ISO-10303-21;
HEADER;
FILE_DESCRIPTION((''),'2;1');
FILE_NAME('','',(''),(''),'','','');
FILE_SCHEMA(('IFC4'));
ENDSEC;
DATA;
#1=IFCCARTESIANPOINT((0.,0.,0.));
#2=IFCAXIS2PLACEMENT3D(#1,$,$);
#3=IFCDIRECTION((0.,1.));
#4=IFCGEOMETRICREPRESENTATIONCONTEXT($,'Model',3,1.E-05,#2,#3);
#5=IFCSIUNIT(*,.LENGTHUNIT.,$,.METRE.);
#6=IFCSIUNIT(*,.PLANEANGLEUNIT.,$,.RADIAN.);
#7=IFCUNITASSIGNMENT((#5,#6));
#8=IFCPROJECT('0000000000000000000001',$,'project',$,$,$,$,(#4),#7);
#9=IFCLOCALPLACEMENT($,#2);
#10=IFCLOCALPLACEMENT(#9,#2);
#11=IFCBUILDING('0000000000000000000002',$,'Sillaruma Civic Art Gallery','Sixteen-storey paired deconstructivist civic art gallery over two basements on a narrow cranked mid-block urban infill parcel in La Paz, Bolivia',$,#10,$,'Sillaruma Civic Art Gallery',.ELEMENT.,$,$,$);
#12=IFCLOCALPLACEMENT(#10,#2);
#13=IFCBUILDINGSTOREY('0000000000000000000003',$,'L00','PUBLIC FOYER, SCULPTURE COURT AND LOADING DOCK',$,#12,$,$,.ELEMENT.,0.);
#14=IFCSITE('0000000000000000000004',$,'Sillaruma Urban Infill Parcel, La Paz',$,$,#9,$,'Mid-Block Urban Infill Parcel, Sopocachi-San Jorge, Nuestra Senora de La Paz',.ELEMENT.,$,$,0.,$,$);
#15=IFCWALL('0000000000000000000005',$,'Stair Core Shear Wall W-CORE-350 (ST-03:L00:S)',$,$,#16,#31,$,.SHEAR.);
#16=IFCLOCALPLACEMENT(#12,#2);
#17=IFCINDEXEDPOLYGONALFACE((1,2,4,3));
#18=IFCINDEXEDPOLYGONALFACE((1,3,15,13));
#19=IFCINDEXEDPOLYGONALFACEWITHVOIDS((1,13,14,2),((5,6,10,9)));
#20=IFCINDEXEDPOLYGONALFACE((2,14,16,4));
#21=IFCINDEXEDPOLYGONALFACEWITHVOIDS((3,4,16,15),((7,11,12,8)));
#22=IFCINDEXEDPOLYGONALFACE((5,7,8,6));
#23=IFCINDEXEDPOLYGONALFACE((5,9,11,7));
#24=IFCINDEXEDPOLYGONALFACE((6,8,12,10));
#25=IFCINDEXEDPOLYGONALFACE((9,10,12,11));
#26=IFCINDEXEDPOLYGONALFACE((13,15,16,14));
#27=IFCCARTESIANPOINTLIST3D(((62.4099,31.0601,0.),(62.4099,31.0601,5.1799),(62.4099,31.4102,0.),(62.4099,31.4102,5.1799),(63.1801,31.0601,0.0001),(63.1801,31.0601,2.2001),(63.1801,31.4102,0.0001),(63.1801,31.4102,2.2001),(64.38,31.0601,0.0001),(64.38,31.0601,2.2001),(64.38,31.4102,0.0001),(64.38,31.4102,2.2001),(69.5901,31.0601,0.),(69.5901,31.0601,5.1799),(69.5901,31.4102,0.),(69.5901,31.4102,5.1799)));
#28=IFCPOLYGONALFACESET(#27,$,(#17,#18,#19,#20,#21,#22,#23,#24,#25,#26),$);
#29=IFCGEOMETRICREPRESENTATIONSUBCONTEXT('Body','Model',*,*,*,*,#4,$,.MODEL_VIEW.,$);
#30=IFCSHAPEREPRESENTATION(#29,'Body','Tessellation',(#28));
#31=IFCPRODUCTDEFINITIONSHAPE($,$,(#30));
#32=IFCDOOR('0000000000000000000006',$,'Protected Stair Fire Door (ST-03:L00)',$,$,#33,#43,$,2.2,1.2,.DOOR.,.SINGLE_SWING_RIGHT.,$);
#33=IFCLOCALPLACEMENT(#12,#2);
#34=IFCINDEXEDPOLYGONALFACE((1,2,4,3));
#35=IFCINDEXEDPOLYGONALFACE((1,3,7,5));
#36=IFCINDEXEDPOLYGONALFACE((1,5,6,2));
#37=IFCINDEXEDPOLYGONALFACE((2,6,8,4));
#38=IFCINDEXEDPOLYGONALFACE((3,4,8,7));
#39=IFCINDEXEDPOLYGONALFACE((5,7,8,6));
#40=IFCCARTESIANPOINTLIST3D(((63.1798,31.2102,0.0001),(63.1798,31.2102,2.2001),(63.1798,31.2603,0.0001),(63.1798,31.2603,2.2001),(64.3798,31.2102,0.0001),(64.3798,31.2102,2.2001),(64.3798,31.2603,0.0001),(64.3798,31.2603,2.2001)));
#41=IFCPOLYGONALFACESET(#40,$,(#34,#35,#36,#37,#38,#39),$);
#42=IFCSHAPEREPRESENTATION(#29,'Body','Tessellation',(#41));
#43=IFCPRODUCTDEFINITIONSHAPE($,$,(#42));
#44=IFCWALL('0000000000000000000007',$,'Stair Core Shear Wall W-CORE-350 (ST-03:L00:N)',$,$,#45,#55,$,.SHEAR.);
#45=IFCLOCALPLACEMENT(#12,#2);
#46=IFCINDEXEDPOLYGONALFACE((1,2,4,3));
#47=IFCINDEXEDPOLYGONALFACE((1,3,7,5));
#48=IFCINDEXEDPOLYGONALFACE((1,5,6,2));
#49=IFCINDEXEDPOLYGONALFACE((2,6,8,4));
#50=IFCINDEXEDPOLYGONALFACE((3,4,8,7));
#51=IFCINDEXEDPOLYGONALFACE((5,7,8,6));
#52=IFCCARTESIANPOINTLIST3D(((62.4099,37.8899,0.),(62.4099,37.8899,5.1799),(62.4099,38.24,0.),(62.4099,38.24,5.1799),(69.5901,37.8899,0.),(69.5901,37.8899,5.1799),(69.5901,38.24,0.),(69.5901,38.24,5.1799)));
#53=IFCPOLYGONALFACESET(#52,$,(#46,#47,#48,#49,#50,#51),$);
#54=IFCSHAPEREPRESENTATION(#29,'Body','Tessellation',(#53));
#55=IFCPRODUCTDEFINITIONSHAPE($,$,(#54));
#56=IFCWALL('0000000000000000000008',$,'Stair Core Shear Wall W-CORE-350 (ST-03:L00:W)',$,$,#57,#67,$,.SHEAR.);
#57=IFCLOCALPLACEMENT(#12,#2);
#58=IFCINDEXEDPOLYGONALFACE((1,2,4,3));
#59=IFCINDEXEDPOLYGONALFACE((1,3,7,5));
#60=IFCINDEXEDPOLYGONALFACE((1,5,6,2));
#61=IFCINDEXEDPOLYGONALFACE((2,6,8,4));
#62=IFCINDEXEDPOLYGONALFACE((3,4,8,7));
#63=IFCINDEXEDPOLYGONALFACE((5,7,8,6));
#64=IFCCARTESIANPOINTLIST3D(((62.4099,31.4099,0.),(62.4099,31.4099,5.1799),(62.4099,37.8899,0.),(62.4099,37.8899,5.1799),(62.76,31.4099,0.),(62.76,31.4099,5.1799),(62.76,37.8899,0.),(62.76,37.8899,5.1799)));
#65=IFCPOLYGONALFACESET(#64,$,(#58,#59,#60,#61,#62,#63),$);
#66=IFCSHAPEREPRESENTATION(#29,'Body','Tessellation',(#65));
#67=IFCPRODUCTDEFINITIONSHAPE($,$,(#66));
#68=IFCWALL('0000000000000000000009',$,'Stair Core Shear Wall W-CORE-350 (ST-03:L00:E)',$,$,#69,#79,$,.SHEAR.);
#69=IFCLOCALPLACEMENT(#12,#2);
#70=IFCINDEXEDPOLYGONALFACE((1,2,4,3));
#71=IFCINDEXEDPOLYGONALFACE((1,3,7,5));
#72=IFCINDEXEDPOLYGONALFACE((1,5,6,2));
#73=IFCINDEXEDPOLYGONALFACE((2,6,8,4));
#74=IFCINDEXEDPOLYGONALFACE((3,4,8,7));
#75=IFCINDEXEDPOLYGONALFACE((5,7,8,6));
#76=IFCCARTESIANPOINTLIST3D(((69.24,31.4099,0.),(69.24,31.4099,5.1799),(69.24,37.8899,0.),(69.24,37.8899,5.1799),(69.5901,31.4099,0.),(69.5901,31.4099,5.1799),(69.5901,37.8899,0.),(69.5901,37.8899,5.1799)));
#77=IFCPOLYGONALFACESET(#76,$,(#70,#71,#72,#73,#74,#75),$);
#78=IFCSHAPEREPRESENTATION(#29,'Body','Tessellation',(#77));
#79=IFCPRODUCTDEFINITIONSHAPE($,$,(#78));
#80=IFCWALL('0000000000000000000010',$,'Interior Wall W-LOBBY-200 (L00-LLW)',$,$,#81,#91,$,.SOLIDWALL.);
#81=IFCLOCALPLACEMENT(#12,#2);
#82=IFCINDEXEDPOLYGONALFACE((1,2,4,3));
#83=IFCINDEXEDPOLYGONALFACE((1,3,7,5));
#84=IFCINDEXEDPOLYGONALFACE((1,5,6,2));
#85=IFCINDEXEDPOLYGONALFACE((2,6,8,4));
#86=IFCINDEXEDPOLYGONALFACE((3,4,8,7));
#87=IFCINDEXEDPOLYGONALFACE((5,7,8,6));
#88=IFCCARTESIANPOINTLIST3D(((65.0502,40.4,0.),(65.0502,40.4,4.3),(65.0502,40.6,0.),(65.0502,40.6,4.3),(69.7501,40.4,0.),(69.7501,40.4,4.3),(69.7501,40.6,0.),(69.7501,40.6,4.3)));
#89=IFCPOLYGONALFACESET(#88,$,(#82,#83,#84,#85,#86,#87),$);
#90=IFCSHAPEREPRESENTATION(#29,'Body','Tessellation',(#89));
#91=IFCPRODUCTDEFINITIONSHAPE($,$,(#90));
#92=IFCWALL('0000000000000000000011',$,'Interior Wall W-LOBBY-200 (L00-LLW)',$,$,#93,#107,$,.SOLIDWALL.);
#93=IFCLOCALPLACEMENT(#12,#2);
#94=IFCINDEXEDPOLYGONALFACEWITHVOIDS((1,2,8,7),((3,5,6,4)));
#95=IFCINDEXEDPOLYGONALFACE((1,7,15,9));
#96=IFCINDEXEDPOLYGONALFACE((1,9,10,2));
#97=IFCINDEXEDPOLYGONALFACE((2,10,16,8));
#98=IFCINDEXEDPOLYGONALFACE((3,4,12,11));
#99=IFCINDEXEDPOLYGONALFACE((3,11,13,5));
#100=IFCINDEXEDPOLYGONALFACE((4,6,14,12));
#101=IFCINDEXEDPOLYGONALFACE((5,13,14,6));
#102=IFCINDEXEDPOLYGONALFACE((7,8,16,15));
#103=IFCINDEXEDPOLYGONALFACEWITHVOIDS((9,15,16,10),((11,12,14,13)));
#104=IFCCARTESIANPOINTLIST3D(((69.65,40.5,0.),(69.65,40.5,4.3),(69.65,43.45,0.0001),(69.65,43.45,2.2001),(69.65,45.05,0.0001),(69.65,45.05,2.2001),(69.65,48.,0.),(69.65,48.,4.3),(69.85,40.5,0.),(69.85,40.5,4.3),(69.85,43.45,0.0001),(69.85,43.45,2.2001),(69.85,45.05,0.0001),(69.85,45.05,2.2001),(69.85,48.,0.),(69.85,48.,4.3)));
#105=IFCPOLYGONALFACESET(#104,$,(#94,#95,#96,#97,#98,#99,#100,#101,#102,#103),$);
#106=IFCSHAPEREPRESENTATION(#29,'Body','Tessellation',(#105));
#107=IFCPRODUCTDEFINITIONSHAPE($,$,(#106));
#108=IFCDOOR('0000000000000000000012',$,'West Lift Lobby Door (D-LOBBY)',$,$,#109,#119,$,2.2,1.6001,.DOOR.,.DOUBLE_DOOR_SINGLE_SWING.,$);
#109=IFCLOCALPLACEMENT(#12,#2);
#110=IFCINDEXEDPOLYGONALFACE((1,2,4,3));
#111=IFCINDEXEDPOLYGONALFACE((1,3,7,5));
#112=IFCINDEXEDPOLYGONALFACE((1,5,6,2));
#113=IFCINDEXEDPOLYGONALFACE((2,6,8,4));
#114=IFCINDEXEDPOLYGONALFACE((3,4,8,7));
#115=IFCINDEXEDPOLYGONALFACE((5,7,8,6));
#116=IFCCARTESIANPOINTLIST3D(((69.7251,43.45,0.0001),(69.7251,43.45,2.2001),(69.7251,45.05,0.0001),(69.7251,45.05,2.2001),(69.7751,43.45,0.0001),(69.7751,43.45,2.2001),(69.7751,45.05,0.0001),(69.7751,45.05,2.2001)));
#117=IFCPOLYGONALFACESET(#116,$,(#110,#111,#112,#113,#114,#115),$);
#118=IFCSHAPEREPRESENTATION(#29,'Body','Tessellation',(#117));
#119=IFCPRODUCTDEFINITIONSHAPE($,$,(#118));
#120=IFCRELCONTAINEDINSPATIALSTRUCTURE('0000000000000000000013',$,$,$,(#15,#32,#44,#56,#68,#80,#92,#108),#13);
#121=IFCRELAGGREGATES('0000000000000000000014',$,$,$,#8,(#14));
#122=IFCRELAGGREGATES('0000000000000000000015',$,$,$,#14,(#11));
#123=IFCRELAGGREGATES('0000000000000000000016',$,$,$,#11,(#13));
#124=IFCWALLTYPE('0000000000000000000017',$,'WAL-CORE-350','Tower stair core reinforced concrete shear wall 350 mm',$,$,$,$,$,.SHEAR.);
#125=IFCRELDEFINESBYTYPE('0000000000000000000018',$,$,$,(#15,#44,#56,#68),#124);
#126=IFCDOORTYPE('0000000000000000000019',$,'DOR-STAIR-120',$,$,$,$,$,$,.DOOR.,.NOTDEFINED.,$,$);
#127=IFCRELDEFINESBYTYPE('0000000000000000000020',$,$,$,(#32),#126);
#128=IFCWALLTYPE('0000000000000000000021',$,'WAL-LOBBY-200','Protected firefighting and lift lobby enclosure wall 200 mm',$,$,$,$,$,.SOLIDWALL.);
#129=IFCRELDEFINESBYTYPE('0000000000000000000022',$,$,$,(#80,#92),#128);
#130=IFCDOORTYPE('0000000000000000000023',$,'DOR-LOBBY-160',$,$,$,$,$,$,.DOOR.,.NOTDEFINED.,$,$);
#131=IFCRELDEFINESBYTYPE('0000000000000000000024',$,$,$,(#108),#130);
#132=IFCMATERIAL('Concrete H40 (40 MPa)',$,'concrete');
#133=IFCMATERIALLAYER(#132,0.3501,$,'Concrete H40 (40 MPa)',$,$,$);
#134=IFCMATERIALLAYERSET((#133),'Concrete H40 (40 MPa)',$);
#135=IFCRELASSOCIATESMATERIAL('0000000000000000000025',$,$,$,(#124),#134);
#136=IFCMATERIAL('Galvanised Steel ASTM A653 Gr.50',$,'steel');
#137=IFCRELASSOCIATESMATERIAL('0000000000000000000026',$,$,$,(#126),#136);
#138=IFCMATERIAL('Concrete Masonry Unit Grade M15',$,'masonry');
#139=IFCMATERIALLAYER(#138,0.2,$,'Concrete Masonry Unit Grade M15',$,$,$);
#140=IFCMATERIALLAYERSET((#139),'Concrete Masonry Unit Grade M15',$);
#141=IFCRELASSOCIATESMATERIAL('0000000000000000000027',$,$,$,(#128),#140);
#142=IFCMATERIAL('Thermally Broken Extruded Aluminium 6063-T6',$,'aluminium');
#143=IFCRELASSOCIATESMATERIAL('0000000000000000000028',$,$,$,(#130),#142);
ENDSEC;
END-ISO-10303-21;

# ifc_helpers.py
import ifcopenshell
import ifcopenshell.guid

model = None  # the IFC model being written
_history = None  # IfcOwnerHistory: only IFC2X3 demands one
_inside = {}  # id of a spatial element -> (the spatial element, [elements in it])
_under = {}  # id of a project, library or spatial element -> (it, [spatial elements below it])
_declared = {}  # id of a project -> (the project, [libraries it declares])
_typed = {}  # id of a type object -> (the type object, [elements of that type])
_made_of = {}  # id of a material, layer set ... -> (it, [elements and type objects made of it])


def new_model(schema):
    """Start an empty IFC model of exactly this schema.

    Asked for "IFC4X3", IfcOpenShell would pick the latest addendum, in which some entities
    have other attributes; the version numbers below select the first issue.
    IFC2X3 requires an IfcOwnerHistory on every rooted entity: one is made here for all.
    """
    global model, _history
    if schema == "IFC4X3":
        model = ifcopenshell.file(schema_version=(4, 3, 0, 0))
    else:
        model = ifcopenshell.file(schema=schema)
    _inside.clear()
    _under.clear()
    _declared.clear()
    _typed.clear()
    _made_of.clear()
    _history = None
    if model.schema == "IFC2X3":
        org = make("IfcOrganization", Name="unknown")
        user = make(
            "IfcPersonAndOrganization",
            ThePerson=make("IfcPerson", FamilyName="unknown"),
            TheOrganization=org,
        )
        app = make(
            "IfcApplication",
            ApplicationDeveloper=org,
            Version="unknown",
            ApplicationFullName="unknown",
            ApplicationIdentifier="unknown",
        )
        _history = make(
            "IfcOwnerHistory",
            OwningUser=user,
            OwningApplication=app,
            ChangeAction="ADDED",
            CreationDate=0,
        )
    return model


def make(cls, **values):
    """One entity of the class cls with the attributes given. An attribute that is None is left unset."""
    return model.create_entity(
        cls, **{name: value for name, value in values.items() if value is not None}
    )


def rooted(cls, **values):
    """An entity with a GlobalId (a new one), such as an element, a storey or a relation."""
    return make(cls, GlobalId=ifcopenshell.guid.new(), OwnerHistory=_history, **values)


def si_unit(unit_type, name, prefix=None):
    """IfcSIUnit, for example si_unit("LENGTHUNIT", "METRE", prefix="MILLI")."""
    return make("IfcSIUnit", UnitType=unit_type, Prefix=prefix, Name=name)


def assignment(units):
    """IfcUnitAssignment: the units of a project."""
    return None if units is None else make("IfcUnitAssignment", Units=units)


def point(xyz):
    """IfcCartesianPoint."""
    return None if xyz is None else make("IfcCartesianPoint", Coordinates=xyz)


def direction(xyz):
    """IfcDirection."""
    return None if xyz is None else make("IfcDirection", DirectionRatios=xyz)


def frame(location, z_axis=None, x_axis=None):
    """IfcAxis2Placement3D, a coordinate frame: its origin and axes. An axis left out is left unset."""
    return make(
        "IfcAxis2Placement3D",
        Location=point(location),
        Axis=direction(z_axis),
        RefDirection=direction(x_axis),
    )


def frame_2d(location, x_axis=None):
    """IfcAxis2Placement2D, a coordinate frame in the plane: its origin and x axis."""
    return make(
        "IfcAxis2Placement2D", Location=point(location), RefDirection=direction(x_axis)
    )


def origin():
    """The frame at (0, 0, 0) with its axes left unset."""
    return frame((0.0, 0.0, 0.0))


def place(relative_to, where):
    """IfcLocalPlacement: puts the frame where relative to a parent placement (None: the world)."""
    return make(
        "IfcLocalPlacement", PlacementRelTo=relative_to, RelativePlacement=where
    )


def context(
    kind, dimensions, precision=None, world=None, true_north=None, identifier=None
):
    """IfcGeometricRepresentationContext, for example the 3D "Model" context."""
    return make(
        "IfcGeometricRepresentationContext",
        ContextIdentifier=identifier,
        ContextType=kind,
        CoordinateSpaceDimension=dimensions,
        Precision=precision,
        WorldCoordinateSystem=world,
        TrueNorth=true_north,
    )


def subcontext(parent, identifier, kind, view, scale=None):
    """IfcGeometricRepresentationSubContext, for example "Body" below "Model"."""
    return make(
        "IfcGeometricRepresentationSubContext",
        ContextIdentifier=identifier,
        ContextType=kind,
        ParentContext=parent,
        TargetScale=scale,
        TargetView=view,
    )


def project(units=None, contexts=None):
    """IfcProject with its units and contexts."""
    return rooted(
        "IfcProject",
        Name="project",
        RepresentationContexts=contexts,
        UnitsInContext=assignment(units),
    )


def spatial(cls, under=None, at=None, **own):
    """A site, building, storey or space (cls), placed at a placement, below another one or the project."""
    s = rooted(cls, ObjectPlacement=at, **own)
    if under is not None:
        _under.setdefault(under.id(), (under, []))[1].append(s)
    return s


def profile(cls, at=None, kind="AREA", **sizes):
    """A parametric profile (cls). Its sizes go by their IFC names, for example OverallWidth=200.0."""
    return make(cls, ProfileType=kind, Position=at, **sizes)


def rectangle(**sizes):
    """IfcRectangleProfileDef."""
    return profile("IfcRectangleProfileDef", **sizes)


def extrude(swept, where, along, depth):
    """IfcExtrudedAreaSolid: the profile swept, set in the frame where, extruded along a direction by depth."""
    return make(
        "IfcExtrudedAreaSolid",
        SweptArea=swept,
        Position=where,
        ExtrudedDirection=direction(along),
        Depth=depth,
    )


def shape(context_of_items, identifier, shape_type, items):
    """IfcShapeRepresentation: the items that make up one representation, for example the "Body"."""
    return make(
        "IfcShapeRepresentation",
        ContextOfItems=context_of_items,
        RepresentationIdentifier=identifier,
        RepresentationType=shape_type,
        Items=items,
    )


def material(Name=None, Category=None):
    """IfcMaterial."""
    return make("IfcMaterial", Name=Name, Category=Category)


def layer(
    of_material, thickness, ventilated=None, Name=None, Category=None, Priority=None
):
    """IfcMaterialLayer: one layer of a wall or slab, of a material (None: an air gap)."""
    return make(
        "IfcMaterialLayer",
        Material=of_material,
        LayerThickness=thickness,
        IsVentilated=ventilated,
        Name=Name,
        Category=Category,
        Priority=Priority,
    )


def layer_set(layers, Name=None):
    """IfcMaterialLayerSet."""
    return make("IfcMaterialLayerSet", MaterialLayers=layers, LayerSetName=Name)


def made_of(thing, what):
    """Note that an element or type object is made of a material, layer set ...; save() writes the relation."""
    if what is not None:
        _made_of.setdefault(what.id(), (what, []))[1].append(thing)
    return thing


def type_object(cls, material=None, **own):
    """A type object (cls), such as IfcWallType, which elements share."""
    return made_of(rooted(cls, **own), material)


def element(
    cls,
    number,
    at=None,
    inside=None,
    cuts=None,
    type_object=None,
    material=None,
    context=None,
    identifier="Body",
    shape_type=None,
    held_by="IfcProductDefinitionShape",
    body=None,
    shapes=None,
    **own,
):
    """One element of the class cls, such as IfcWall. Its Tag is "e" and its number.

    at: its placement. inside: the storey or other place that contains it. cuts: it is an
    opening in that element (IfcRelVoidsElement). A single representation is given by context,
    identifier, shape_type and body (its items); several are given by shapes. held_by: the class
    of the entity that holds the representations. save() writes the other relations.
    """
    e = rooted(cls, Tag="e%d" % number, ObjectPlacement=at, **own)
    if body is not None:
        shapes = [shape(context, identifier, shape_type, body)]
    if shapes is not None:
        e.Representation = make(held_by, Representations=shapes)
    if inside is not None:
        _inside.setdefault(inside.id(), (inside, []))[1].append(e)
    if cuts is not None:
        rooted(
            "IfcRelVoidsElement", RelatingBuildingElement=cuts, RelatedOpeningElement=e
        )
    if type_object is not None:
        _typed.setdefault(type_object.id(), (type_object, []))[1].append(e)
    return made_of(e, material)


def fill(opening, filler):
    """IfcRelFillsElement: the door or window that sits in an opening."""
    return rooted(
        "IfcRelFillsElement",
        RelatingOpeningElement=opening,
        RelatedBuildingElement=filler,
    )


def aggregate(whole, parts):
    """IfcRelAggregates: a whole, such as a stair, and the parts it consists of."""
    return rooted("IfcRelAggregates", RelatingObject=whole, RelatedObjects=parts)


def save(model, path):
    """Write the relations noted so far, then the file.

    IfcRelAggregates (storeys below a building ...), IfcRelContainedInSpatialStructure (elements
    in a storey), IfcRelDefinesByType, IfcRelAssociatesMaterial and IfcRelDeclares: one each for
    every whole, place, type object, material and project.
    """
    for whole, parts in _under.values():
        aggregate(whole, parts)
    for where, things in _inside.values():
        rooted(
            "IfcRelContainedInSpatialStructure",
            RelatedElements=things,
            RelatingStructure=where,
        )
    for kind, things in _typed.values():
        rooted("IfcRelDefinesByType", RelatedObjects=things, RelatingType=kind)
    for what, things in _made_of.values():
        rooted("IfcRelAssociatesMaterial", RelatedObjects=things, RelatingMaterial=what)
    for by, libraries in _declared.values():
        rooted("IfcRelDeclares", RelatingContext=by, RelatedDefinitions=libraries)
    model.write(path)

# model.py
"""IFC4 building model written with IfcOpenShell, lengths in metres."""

from ifc_helpers import new_model, si_unit, direction, frame, frame_2d, origin, place, context, subcontext, project, spatial, rectangle, extrude, material, layer, layer_set, type_object, element, fill, save


model = new_model("IFC4")

# Units and contexts
model_context = context("Model", 3, precision=1e-05, world=origin(), true_north=direction((0.0, 1.0)))
body_context = subcontext(model_context, "Body", "Model", "MODEL_VIEW")
ifc_project = project(units=[si_unit("LENGTHUNIT", "METRE"), si_unit("PLANEANGLEUNIT", "RADIAN")], contexts=[model_context])

# Site, building, storey
site_placement = place(None, origin())
site = spatial("IfcSite", under=ifc_project, at=site_placement, Name="Sillaruma Urban Infill Parcel, La Paz", LongName="Mid-Block Urban Infill Parcel, Sopocachi-San Jorge, Nuestra Senora de La Paz", CompositionType="ELEMENT", RefElevation=0.0)
building_placement = place(site_placement, origin())
building = spatial("IfcBuilding", under=site, at=building_placement, Name="Sillaruma Civic Art Gallery", Description="Sixteen-storey paired deconstructivist civic art gallery over two basements on a narrow cranked mid-block urban infill parcel in La Paz, Bolivia", LongName="Sillaruma Civic Art Gallery", CompositionType="ELEMENT")
storey_placement = place(building_placement, origin())
storey = spatial("IfcBuildingStorey", under=building, at=storey_placement, Name="L00", Description="PUBLIC FOYER, SCULPTURE COURT AND LOADING DOCK", CompositionType="ELEMENT", Elevation=0.0)

# Shared definitions
ifc_material_1 = material(Name="Concrete H40 (40 MPa)", Category="concrete")

# Wall, opening, door
ifc_layer_1 = layer(ifc_material_1, 0.3501, Name="Concrete H40 (40 MPa)")
ifc_layer_set_1 = layer_set([ifc_layer_1], Name="Concrete H40 (40 MPa)")
wall_type_1 = type_object("IfcWallType", Name="WAL-CORE-350", Description="Tower stair core reinforced concrete shear wall 350 mm", PredefinedType="SHEAR", material=ifc_layer_set_1)
wall_1_placement = place(storey_placement, frame((62.4099, 31.2351, 0.0), z_axis=(0.0, 0.0, 1.0), x_axis=(1.0, 0.0, 0.0)))
wall_1 = element("IfcWall", 1, at=wall_1_placement, inside=storey, type_object=wall_type_1, Name="Stair Core Shear Wall W-CORE-350 (ST-03:L00:S)", PredefinedType="SHEAR", context=body_context, shape_type="SweptSolid", body=[
    extrude(rectangle(XDim=7.1802, YDim=0.3501, at=frame_2d((3.5901, 0.0))), origin(), (0.0, 0.0, 1.0), 5.1799),
])
opening_1_placement = place(wall_1_placement, frame((0.77, 0.0, 0.0)))
opening_1 = element("IfcOpeningElement", 2, at=opening_1_placement, cuts=wall_1, PredefinedType="OPENING", context=body_context, shape_type="SweptSolid", body=[
    extrude(rectangle(XDim=1.2, YDim=2.2, at=frame_2d((0.6001, 1.1001))), frame((0.0, 0.1851, 0.0), z_axis=(0.0, -1.0, 0.0), x_axis=(1.0, 0.0, 0.0)), (0.0, 0.0, 1.0), 0.3701),
])
ifc_material_2 = material(Name="Galvanised Steel ASTM A653 Gr.50", Category="steel")
door_type_1 = type_object("IfcDoorType", Name="DOR-STAIR-120", OperationType="NOTDEFINED", PredefinedType="DOOR", material=ifc_material_2)
door_1_placement = place(opening_1_placement, frame((1.2, 0.0, 0.0), z_axis=(0.0, 0.0, 1.0), x_axis=(-1.0, 0.0, 0.0)))
door_1 = element("IfcDoor", 3, at=door_1_placement, inside=storey, type_object=door_type_1, Name="Protected Stair Fire Door (ST-03:L00)", OperationType="SINGLE_SWING_RIGHT", OverallHeight=2.2, OverallWidth=1.2, PredefinedType="DOOR", context=body_context, shape_type="SweptSolid", body=[
    extrude(rectangle(XDim=1.2, YDim=2.2, at=frame_2d((0.6001, 1.1001))), frame((0.0, 0.0249, 0.0), z_axis=(0.0, -1.0, 0.0), x_axis=(1.0, 0.0, 0.0)), (0.0, 0.0, 1.0), 0.05),
])
fill(opening_1, door_1)

# Walls
wall_2_placement = place(storey_placement, frame((62.4099, 38.0649, 0.0), z_axis=(0.0, 0.0, 1.0), x_axis=(1.0, 0.0, 0.0)))
element("IfcWall", 4, at=wall_2_placement, inside=storey, type_object=wall_type_1, Name="Stair Core Shear Wall W-CORE-350 (ST-03:L00:N)", PredefinedType="SHEAR", context=body_context, shape_type="SweptSolid", body=[
    extrude(rectangle(XDim=7.1802, YDim=0.3501, at=frame_2d((3.5901, 0.0))), origin(), (0.0, 0.0, 1.0), 5.1799),
])
for number, where, z_axis, x_axis, name in (
    (5, (62.585, 31.4099, 0.0), (0.0, 0.0, 1.0), (0.0, 1.0, 0.0), "Stair Core Shear Wall W-CORE-350 (ST-03:L00:W)"),
    (6, (69.415, 31.4099, 0.0), (0.0, 0.0, 1.0), (0.0, 1.0, 0.0), "Stair Core Shear Wall W-CORE-350 (ST-03:L00:E)"),
):
    element("IfcWall", number, at=place(storey_placement, frame(where, z_axis=z_axis, x_axis=x_axis)), inside=storey, type_object=wall_type_1, Name=name, PredefinedType="SHEAR", context=body_context, shape_type="SweptSolid", body=[
        extrude(rectangle(XDim=6.48, YDim=0.3501, at=frame_2d((3.24, 0.0))), origin(), (0.0, 0.0, 1.0), 5.1799),
    ])
ifc_material_3 = material(Name="Concrete Masonry Unit Grade M15", Category="masonry")
ifc_layer_2 = layer(ifc_material_3, 0.2, Name="Concrete Masonry Unit Grade M15")
ifc_layer_set_2 = layer_set([ifc_layer_2], Name="Concrete Masonry Unit Grade M15")
wall_type_2 = type_object("IfcWallType", Name="WAL-LOBBY-200", Description="Protected firefighting and lift lobby enclosure wall 200 mm", PredefinedType="SOLIDWALL", material=ifc_layer_set_2)
wall_3_placement = place(storey_placement, frame((65.05, 40.5, 0.0), z_axis=(0.0, 0.0, 1.0), x_axis=(1.0, 0.0, 0.0)))
element("IfcWall", 7, at=wall_3_placement, inside=storey, type_object=wall_type_2, Name="Interior Wall W-LOBBY-200 (L00-LLW)", PredefinedType="SOLIDWALL", context=body_context, shape_type="SweptSolid", body=[
    extrude(rectangle(XDim=4.7, YDim=0.2, at=frame_2d((2.3501, 0.0))), origin(), (0.0, 0.0, 1.0), 4.3),
])

# Wall, opening, door
wall_4_placement = place(storey_placement, frame((69.75, 40.5, 0.0), z_axis=(0.0, 0.0, 1.0), x_axis=(0.0, 1.0, 0.0)))
wall_4 = element("IfcWall", 8, at=wall_4_placement, inside=storey, type_object=wall_type_2, Name="Interior Wall W-LOBBY-200 (L00-LLW)", PredefinedType="SOLIDWALL", context=body_context, shape_type="SweptSolid", body=[
    extrude(rectangle(XDim=7.5, YDim=0.2, at=frame_2d((3.75, 0.0))), origin(), (0.0, 0.0, 1.0), 4.3),
])
opening_2_placement = place(wall_4_placement, frame((2.95, 0.0, 0.0)))
opening_2 = element("IfcOpeningElement", 9, at=opening_2_placement, cuts=wall_4, PredefinedType="OPENING", context=body_context, shape_type="SweptSolid", body=[
    extrude(rectangle(XDim=1.6001, YDim=2.2, at=frame_2d((0.8, 1.1001))), frame((0.0, 0.1099, 0.0), z_axis=(0.0, -1.0, 0.0), x_axis=(1.0, 0.0, 0.0)), (0.0, 0.0, 1.0), 0.22),
])
ifc_material_4 = material(Name="Thermally Broken Extruded Aluminium 6063-T6", Category="aluminium")
door_type_2 = type_object("IfcDoorType", Name="DOR-LOBBY-160", OperationType="NOTDEFINED", PredefinedType="DOOR", material=ifc_material_4)
door_2_placement = place(opening_2_placement, origin())
door_2 = element("IfcDoor", 10, at=door_2_placement, inside=storey, type_object=door_type_2, Name="West Lift Lobby Door (D-LOBBY)", OperationType="DOUBLE_DOOR_SINGLE_SWING", OverallHeight=2.2, OverallWidth=1.6001, PredefinedType="DOOR", context=body_context, shape_type="SweptSolid", body=[
    extrude(rectangle(XDim=1.6001, YDim=2.2, at=frame_2d((0.8, 1.1001))), frame((0.0, 0.0249, 0.0), z_axis=(0.0, -1.0, 0.0), x_axis=(1.0, 0.0, 0.0)), (0.0, 0.0, 1.0), 0.05),
])
fill(opening_2, door_2)

save(model, "model.ifc")
